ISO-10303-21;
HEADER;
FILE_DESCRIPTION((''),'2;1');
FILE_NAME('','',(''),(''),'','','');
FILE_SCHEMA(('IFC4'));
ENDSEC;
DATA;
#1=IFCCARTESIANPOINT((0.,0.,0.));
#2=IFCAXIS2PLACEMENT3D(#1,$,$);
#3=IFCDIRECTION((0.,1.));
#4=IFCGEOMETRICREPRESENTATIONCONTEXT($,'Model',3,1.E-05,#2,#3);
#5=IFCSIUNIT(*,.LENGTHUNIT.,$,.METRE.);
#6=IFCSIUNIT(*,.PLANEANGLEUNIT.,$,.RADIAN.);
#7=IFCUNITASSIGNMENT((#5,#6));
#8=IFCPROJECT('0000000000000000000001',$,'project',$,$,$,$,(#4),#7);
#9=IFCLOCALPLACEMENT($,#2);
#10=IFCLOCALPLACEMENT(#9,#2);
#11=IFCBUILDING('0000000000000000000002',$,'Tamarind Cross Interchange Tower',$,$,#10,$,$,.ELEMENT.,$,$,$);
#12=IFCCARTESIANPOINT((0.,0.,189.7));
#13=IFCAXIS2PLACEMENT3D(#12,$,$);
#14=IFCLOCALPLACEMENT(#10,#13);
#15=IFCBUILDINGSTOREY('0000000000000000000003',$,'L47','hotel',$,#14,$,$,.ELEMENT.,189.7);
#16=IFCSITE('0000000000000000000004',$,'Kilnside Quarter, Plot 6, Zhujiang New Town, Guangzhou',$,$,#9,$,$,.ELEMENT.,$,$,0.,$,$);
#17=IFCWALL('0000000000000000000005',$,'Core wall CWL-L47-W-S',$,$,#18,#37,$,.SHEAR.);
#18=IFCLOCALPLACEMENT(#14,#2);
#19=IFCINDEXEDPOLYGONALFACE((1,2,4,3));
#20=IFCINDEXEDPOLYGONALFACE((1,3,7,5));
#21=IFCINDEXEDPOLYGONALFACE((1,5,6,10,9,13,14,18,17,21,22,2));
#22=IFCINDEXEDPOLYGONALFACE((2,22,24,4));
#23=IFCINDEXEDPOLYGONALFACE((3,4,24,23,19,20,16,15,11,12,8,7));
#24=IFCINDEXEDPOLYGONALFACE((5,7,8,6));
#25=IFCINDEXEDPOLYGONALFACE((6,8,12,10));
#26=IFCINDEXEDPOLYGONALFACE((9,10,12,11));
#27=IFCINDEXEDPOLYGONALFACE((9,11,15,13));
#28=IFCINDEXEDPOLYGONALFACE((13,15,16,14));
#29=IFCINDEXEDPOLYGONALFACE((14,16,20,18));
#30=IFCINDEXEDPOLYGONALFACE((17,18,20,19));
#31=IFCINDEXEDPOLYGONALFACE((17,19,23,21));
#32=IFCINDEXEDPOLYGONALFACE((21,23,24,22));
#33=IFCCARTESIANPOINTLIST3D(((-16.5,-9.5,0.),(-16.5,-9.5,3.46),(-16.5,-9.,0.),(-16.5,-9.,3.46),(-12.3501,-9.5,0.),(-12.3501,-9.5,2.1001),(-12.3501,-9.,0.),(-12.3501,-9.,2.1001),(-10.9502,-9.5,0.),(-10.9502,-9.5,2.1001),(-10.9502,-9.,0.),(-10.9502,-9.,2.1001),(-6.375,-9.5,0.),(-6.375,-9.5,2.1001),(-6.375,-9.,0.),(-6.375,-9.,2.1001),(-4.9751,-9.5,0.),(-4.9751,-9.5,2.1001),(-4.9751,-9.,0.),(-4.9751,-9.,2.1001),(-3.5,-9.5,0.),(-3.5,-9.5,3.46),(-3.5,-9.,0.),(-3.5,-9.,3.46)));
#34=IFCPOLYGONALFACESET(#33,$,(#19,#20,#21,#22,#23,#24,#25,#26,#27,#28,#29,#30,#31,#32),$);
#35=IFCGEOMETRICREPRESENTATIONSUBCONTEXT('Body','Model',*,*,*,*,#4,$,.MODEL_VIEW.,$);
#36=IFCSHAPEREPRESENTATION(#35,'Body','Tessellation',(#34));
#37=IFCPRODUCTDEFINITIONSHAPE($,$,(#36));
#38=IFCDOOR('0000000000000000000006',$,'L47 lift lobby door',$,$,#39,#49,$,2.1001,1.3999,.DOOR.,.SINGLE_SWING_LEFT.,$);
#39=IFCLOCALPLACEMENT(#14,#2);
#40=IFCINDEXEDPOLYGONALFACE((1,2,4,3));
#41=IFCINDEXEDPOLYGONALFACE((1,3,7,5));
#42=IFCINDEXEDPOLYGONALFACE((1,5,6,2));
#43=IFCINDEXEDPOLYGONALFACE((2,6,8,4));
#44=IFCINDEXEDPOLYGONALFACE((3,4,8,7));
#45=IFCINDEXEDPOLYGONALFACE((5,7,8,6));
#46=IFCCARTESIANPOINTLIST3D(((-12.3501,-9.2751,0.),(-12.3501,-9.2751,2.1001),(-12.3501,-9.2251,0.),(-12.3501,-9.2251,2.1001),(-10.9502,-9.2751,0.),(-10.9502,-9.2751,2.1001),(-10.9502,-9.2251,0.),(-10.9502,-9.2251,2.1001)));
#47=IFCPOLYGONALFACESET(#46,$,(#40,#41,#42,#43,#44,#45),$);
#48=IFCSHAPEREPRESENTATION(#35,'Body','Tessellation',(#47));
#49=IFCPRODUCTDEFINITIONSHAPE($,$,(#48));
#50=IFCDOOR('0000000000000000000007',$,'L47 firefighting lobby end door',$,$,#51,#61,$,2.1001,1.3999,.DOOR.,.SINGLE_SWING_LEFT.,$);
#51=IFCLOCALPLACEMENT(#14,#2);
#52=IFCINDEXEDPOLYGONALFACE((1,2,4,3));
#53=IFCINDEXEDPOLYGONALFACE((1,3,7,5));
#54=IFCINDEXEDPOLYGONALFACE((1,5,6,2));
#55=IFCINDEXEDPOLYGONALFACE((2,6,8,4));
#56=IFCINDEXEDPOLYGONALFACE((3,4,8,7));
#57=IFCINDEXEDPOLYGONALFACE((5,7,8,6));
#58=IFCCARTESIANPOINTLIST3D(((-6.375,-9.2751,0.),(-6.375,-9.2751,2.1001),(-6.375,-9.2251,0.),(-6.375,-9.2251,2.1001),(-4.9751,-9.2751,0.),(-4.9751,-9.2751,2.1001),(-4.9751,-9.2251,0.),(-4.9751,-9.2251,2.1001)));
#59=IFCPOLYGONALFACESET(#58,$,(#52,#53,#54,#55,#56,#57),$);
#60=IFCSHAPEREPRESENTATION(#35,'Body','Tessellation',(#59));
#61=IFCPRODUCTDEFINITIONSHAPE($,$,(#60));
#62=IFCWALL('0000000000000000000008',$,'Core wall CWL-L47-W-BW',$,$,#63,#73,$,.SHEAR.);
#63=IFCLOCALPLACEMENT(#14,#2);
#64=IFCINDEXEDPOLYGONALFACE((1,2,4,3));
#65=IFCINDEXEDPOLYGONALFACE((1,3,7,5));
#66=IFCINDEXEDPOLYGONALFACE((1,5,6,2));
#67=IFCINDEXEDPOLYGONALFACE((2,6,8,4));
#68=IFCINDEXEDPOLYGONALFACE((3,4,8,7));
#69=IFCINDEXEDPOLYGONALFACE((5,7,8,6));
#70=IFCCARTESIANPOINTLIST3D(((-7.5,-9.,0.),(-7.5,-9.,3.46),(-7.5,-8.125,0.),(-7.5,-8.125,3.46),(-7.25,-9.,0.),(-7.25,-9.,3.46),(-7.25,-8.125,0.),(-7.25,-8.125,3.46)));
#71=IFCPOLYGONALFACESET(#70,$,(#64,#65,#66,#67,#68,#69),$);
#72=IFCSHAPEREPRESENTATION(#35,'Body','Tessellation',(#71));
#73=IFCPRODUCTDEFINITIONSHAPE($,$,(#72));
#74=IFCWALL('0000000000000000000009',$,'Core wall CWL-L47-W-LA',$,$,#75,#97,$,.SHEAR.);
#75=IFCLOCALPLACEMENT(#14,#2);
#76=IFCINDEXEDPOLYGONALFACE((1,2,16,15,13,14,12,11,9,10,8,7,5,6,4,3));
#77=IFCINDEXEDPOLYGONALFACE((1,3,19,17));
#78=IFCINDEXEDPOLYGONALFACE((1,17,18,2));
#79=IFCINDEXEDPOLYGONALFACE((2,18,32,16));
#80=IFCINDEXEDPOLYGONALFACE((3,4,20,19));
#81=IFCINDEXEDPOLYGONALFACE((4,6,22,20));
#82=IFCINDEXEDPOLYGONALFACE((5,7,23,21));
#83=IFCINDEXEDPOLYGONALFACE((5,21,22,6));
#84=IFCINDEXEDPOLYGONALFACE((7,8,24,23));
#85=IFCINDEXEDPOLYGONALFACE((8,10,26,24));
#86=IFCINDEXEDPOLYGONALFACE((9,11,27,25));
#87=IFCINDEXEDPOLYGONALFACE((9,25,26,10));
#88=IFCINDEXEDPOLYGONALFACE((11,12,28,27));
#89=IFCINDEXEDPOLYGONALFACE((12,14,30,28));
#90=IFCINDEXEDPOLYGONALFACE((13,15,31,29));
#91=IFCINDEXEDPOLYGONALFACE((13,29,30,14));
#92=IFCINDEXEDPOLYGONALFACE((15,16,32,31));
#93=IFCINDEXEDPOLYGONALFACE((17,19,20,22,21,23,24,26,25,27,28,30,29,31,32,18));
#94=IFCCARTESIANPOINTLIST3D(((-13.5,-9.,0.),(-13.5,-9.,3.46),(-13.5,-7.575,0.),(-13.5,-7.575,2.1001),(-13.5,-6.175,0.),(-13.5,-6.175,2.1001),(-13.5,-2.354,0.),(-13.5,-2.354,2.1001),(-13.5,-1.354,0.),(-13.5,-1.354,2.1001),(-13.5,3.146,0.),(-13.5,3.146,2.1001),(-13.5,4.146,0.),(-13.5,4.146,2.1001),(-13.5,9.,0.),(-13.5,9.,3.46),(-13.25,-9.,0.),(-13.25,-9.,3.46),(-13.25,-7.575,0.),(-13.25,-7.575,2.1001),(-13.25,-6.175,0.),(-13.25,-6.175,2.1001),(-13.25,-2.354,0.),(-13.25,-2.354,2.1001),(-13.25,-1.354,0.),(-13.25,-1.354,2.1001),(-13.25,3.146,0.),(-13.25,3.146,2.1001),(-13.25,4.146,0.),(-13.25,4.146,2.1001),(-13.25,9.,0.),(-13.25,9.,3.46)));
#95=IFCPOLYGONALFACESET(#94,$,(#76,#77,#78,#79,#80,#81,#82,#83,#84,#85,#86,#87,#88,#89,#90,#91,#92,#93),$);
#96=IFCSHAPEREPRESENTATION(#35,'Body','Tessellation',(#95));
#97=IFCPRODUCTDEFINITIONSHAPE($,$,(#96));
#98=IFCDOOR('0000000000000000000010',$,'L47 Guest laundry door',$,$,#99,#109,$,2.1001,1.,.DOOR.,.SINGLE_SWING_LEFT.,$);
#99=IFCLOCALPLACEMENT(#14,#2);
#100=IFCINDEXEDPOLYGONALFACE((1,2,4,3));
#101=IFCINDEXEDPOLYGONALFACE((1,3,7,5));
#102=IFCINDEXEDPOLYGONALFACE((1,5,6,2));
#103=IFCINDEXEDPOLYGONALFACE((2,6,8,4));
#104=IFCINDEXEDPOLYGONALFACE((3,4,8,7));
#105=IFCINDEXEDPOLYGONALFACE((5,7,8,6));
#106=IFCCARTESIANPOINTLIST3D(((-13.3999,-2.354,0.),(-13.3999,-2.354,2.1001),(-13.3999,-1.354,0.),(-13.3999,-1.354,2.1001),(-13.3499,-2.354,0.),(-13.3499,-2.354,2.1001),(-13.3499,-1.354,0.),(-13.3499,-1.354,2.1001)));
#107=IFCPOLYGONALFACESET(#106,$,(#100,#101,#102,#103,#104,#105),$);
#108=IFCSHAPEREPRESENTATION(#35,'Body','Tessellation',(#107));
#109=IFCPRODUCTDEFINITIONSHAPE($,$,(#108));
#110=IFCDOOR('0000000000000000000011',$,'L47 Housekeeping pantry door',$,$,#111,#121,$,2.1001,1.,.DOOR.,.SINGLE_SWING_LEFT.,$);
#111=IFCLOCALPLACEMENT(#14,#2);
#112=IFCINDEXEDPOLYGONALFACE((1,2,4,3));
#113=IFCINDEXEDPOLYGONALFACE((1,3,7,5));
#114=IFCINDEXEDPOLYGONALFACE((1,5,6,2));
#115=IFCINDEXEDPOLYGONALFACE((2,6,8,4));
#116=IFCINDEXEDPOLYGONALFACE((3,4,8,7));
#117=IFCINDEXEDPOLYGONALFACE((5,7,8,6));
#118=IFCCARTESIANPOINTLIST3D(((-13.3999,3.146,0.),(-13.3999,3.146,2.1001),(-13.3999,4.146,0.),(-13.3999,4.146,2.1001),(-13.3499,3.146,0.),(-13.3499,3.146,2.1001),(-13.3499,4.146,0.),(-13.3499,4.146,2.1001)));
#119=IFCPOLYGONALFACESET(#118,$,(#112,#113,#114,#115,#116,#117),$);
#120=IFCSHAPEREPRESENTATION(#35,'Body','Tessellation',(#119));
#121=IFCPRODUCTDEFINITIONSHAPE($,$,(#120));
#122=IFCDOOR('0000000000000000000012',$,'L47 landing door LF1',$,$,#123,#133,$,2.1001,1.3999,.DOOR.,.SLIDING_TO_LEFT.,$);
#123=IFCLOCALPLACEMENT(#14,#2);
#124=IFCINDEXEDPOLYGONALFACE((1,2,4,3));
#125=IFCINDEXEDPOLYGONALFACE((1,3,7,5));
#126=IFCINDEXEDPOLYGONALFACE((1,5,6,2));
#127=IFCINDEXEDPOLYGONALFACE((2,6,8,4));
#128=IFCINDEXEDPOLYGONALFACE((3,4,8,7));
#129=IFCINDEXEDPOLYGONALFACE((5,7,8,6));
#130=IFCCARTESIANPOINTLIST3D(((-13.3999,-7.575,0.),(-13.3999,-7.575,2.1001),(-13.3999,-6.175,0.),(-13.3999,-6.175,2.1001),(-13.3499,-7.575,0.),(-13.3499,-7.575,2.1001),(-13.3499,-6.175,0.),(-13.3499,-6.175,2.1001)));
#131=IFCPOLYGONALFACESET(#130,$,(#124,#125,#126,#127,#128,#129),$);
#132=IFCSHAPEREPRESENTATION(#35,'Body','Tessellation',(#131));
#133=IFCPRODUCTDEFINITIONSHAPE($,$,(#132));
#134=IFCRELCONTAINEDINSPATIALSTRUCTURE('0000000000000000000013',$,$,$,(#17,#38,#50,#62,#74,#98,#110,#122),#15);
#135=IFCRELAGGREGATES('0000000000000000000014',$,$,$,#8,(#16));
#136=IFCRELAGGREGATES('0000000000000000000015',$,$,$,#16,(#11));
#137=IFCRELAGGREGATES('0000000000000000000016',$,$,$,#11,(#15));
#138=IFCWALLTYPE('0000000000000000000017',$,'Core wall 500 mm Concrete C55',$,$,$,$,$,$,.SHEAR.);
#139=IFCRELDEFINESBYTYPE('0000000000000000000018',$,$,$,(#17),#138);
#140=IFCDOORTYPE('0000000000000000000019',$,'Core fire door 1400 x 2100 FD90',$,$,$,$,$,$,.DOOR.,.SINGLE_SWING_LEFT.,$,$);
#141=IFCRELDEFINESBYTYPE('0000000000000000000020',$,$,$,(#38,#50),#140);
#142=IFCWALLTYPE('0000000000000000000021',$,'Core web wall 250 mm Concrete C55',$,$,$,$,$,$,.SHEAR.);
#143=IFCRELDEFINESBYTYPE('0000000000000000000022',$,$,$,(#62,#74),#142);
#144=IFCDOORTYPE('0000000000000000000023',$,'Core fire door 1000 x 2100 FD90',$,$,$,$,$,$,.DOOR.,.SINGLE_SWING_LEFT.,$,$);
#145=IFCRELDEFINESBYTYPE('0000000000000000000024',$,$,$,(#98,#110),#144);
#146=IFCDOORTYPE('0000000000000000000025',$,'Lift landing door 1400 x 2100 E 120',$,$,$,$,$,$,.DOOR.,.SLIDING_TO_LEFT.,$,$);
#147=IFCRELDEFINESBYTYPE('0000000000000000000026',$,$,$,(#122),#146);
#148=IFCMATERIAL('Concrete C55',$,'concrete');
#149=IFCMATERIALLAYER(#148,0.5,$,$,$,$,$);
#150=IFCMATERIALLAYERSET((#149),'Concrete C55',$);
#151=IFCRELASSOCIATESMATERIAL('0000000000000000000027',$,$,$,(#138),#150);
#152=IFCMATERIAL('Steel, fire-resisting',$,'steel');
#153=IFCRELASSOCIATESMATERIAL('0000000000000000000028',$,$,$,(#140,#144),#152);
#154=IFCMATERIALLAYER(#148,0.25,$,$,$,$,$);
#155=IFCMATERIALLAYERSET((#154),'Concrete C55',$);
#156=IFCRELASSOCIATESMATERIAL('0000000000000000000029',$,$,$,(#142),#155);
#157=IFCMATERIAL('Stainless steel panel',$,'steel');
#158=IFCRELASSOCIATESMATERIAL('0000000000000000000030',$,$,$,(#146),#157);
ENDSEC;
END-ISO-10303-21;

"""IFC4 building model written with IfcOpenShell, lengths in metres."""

from ifc_helpers import new_model, si_unit, direction, frame, frame_2d, origin, place, context, subcontext, project, spatial, rectangle, extrude, material, layer, layer_set, type_object, element, fill, save


model = new_model("IFC4")

# Units and contexts
model_context = context("Model", 3, precision=1e-05, world=origin(), true_north=direction((0.0, 1.0)))
body_context = subcontext(model_context, "Body", "Model", "MODEL_VIEW")
ifc_project = project(units=[si_unit("LENGTHUNIT", "METRE"), si_unit("PLANEANGLEUNIT", "RADIAN")], contexts=[model_context])

# Site, building, storey
site_placement = place(None, origin())
site = spatial("IfcSite", under=ifc_project, at=site_placement, Name="Kilnside Quarter, Plot 6, Zhujiang New Town, Guangzhou", CompositionType="ELEMENT", RefElevation=0.0)
building_placement = place(site_placement, origin())
building = spatial("IfcBuilding", under=site, at=building_placement, Name="Tamarind Cross Interchange Tower", CompositionType="ELEMENT")
storey_placement = place(building_placement, frame((0.0, 0.0, 189.7)))
storey = spatial("IfcBuildingStorey", under=building, at=storey_placement, Name="L47", Description="hotel", CompositionType="ELEMENT", Elevation=189.7)

# Wall, openings, doors
ifc_material_1 = material(Name="Concrete C55", Category="concrete")
ifc_layer_1 = layer(ifc_material_1, 0.5)
ifc_layer_set_1 = layer_set([ifc_layer_1], Name="Concrete C55")
wall_type_1 = type_object("IfcWallType", Name="Core wall 500 mm Concrete C55", PredefinedType="SHEAR", material=ifc_layer_set_1)
wall_1_placement = place(storey_placement, frame((-16.5, -9.25, 0.0), z_axis=(0.0, 0.0, 1.0), x_axis=(1.0, 0.0, 0.0)))
wall_1 = element("IfcWall", 1, at=wall_1_placement, inside=storey, type_object=wall_type_1, Name="Core wall CWL-L47-W-S", PredefinedType="SHEAR", context=body_context, shape_type="SweptSolid", body=[
    extrude(rectangle(XDim=13.0, YDim=0.5, at=frame_2d((6.5, 0.0))), origin(), (0.0, 0.0, 1.0), 3.46),
])
opening_1_placement = place(wall_1_placement, frame((4.1499, 0.0, 0.0)))
opening_1 = element("IfcOpeningElement", 2, at=opening_1_placement, cuts=wall_1, PredefinedType="OPENING", context=body_context, shape_type="SweptSolid", body=[
    extrude(rectangle(XDim=1.3999, YDim=2.1001, at=frame_2d((0.7, 1.05))), frame((0.0, 0.26, 0.0), z_axis=(0.0, -1.0, 0.0), x_axis=(1.0, 0.0, 0.0)), (0.0, 0.0, 1.0), 0.52),
])
opening_2_placement = place(wall_1_placement, frame((10.125, 0.0, 0.0)))
opening_2 = element("IfcOpeningElement", 3, at=opening_2_placement, cuts=wall_1, PredefinedType="OPENING", context=body_context, shape_type="SweptSolid", body=[
    extrude(rectangle(XDim=1.3999, YDim=2.1001, at=frame_2d((0.7, 1.05))), frame((0.0, 0.26, 0.0), z_axis=(0.0, -1.0, 0.0), x_axis=(1.0, 0.0, 0.0)), (0.0, 0.0, 1.0), 0.52),
])
ifc_material_2 = material(Name="Steel, fire-resisting", Category="steel")
door_type_1 = type_object("IfcDoorType", Name="Core fire door 1400 x 2100 FD90", OperationType="SINGLE_SWING_LEFT", PredefinedType="DOOR", material=ifc_material_2)
door_1_placement = place(opening_1_placement, origin())
door_1 = element("IfcDoor", 4, at=door_1_placement, inside=storey, type_object=door_type_1, Name="L47 lift lobby door", OperationType="SINGLE_SWING_LEFT", OverallHeight=2.1001, OverallWidth=1.3999, PredefinedType="DOOR", context=body_context, shape_type="SweptSolid", body=[
    extrude(rectangle(XDim=1.3999, YDim=2.1001, at=frame_2d((0.7, 1.05))), frame((0.0, 0.0249, 0.0), z_axis=(0.0, -1.0, 0.0), x_axis=(1.0, 0.0, 0.0)), (0.0, 0.0, 1.0), 0.05),
])
fill(opening_1, door_1)
door_2_placement = place(opening_2_placement, origin())
door_2 = element("IfcDoor", 5, at=door_2_placement, inside=storey, type_object=door_type_1, Name="L47 firefighting lobby end door", OperationType="SINGLE_SWING_LEFT", OverallHeight=2.1001, OverallWidth=1.3999, PredefinedType="DOOR", context=body_context, shape_type="SweptSolid", body=[
    extrude(rectangle(XDim=1.3999, YDim=2.1001, at=frame_2d((0.7, 1.05))), frame((0.0, 0.0249, 0.0), z_axis=(0.0, -1.0, 0.0), x_axis=(1.0, 0.0, 0.0)), (0.0, 0.0, 1.0), 0.05),
])
fill(opening_2, door_2)

# Wall
ifc_layer_2 = layer(ifc_material_1, 0.25)
ifc_layer_set_2 = layer_set([ifc_layer_2], Name="Concrete C55")
wall_type_2 = type_object("IfcWallType", Name="Core web wall 250 mm Concrete C55", PredefinedType="SHEAR", material=ifc_layer_set_2)
wall_2_placement = place(storey_placement, frame((-7.375, -9.0, 0.0), z_axis=(0.0, 0.0, 1.0), x_axis=(0.0, 1.0, 0.0)))
element("IfcWall", 6, at=wall_2_placement, inside=storey, type_object=wall_type_2, Name="Core wall CWL-L47-W-BW", PredefinedType="SHEAR", context=body_context, shape_type="SweptSolid", body=[
    extrude(rectangle(XDim=0.875, YDim=0.25, at=frame_2d((0.4375, 0.0))), origin(), (0.0, 0.0, 1.0), 3.46),
])

# Wall, openings, doors
wall_3_placement = place(storey_placement, frame((-13.375, -9.0, 0.0), z_axis=(0.0, 0.0, 1.0), x_axis=(0.0, 1.0, 0.0)))
wall_3 = element("IfcWall", 7, at=wall_3_placement, inside=storey, type_object=wall_type_2, Name="Core wall CWL-L47-W-LA", PredefinedType="SHEAR", context=body_context, shape_type="SweptSolid", body=[
    extrude(rectangle(XDim=18.0, YDim=0.25, at=frame_2d((9.0, 0.0))), origin(), (0.0, 0.0, 1.0), 3.46),
])
opening_3_placement = place(wall_3_placement, frame((1.425, 0.0, 0.0)))
opening_3 = element("IfcOpeningElement", 8, at=opening_3_placement, cuts=wall_3, PredefinedType="OPENING", context=body_context, shape_type="SweptSolid", body=[
    extrude(rectangle(XDim=1.3999, YDim=2.1001, at=frame_2d((0.7, 1.05))), frame((0.0, 0.135, 0.0), z_axis=(0.0, -1.0, 0.0), x_axis=(1.0, 0.0, 0.0)), (0.0, 0.0, 1.0), 0.27),
])
opening_4_placement = place(wall_3_placement, frame((6.646, 0.0, 0.0)))
opening_4 = element("IfcOpeningElement", 9, at=opening_4_placement, cuts=wall_3, PredefinedType="OPENING", context=body_context, shape_type="SweptSolid", body=[
    extrude(rectangle(XDim=1.0, YDim=2.1001, at=frame_2d((0.5, 1.05))), frame((0.0, 0.135, 0.0), z_axis=(0.0, -1.0, 0.0), x_axis=(1.0, 0.0, 0.0)), (0.0, 0.0, 1.0), 0.27),
])
opening_5_placement = place(wall_3_placement, frame((12.146, 0.0, 0.0)))
opening_5 = element("IfcOpeningElement", 10, at=opening_5_placement, cuts=wall_3, PredefinedType="OPENING", context=body_context, shape_type="SweptSolid", body=[
    extrude(rectangle(XDim=1.0, YDim=2.1001, at=frame_2d((0.5, 1.05))), frame((0.0, 0.135, 0.0), z_axis=(0.0, -1.0, 0.0), x_axis=(1.0, 0.0, 0.0)), (0.0, 0.0, 1.0), 0.27),
])
door_type_2 = type_object("IfcDoorType", Name="Core fire door 1000 x 2100 FD90", OperationType="SINGLE_SWING_LEFT", PredefinedType="DOOR", material=ifc_material_2)
door_3_placement = place(opening_4_placement, origin())
door_3 = element("IfcDoor", 11, at=door_3_placement, inside=storey, type_object=door_type_2, Name="L47 Guest laundry door", OperationType="SINGLE_SWING_LEFT", OverallHeight=2.1001, OverallWidth=1.0, PredefinedType="DOOR", context=body_context, shape_type="SweptSolid", body=[
    extrude(rectangle(XDim=1.0, YDim=2.1001, at=frame_2d((0.5, 1.05))), frame((0.0, 0.0249, 0.0), z_axis=(0.0, -1.0, 0.0), x_axis=(1.0, 0.0, 0.0)), (0.0, 0.0, 1.0), 0.05),
])
fill(opening_4, door_3)
door_4_placement = place(opening_5_placement, origin())
door_4 = element("IfcDoor", 12, at=door_4_placement, inside=storey, type_object=door_type_2, Name="L47 Housekeeping pantry door", OperationType="SINGLE_SWING_LEFT", OverallHeight=2.1001, OverallWidth=1.0, PredefinedType="DOOR", context=body_context, shape_type="SweptSolid", body=[
    extrude(rectangle(XDim=1.0, YDim=2.1001, at=frame_2d((0.5, 1.05))), frame((0.0, 0.0249, 0.0), z_axis=(0.0, -1.0, 0.0), x_axis=(1.0, 0.0, 0.0)), (0.0, 0.0, 1.0), 0.05),
])
fill(opening_5, door_4)
ifc_material_3 = material(Name="Stainless steel panel", Category="steel")
door_type_3 = type_object("IfcDoorType", Name="Lift landing door 1400 x 2100 E 120", OperationType="SLIDING_TO_LEFT", PredefinedType="DOOR", material=ifc_material_3)
door_5_placement = place(opening_3_placement, origin())
door_5 = element("IfcDoor", 13, at=door_5_placement, inside=storey, type_object=door_type_3, Name="L47 landing door LF1", OperationType="SLIDING_TO_LEFT", OverallHeight=2.1001, OverallWidth=1.3999, PredefinedType="DOOR", context=body_context, shape_type="SweptSolid", body=[
    extrude(rectangle(XDim=1.3999, YDim=2.1001, at=frame_2d((0.7, 1.05))), frame((0.0, 0.0249, 0.0), z_axis=(0.0, -1.0, 0.0), x_axis=(1.0, 0.0, 0.0)), (0.0, 0.0, 1.0), 0.05),
])
fill(opening_3, door_5)

save(model, "model.ifc")
